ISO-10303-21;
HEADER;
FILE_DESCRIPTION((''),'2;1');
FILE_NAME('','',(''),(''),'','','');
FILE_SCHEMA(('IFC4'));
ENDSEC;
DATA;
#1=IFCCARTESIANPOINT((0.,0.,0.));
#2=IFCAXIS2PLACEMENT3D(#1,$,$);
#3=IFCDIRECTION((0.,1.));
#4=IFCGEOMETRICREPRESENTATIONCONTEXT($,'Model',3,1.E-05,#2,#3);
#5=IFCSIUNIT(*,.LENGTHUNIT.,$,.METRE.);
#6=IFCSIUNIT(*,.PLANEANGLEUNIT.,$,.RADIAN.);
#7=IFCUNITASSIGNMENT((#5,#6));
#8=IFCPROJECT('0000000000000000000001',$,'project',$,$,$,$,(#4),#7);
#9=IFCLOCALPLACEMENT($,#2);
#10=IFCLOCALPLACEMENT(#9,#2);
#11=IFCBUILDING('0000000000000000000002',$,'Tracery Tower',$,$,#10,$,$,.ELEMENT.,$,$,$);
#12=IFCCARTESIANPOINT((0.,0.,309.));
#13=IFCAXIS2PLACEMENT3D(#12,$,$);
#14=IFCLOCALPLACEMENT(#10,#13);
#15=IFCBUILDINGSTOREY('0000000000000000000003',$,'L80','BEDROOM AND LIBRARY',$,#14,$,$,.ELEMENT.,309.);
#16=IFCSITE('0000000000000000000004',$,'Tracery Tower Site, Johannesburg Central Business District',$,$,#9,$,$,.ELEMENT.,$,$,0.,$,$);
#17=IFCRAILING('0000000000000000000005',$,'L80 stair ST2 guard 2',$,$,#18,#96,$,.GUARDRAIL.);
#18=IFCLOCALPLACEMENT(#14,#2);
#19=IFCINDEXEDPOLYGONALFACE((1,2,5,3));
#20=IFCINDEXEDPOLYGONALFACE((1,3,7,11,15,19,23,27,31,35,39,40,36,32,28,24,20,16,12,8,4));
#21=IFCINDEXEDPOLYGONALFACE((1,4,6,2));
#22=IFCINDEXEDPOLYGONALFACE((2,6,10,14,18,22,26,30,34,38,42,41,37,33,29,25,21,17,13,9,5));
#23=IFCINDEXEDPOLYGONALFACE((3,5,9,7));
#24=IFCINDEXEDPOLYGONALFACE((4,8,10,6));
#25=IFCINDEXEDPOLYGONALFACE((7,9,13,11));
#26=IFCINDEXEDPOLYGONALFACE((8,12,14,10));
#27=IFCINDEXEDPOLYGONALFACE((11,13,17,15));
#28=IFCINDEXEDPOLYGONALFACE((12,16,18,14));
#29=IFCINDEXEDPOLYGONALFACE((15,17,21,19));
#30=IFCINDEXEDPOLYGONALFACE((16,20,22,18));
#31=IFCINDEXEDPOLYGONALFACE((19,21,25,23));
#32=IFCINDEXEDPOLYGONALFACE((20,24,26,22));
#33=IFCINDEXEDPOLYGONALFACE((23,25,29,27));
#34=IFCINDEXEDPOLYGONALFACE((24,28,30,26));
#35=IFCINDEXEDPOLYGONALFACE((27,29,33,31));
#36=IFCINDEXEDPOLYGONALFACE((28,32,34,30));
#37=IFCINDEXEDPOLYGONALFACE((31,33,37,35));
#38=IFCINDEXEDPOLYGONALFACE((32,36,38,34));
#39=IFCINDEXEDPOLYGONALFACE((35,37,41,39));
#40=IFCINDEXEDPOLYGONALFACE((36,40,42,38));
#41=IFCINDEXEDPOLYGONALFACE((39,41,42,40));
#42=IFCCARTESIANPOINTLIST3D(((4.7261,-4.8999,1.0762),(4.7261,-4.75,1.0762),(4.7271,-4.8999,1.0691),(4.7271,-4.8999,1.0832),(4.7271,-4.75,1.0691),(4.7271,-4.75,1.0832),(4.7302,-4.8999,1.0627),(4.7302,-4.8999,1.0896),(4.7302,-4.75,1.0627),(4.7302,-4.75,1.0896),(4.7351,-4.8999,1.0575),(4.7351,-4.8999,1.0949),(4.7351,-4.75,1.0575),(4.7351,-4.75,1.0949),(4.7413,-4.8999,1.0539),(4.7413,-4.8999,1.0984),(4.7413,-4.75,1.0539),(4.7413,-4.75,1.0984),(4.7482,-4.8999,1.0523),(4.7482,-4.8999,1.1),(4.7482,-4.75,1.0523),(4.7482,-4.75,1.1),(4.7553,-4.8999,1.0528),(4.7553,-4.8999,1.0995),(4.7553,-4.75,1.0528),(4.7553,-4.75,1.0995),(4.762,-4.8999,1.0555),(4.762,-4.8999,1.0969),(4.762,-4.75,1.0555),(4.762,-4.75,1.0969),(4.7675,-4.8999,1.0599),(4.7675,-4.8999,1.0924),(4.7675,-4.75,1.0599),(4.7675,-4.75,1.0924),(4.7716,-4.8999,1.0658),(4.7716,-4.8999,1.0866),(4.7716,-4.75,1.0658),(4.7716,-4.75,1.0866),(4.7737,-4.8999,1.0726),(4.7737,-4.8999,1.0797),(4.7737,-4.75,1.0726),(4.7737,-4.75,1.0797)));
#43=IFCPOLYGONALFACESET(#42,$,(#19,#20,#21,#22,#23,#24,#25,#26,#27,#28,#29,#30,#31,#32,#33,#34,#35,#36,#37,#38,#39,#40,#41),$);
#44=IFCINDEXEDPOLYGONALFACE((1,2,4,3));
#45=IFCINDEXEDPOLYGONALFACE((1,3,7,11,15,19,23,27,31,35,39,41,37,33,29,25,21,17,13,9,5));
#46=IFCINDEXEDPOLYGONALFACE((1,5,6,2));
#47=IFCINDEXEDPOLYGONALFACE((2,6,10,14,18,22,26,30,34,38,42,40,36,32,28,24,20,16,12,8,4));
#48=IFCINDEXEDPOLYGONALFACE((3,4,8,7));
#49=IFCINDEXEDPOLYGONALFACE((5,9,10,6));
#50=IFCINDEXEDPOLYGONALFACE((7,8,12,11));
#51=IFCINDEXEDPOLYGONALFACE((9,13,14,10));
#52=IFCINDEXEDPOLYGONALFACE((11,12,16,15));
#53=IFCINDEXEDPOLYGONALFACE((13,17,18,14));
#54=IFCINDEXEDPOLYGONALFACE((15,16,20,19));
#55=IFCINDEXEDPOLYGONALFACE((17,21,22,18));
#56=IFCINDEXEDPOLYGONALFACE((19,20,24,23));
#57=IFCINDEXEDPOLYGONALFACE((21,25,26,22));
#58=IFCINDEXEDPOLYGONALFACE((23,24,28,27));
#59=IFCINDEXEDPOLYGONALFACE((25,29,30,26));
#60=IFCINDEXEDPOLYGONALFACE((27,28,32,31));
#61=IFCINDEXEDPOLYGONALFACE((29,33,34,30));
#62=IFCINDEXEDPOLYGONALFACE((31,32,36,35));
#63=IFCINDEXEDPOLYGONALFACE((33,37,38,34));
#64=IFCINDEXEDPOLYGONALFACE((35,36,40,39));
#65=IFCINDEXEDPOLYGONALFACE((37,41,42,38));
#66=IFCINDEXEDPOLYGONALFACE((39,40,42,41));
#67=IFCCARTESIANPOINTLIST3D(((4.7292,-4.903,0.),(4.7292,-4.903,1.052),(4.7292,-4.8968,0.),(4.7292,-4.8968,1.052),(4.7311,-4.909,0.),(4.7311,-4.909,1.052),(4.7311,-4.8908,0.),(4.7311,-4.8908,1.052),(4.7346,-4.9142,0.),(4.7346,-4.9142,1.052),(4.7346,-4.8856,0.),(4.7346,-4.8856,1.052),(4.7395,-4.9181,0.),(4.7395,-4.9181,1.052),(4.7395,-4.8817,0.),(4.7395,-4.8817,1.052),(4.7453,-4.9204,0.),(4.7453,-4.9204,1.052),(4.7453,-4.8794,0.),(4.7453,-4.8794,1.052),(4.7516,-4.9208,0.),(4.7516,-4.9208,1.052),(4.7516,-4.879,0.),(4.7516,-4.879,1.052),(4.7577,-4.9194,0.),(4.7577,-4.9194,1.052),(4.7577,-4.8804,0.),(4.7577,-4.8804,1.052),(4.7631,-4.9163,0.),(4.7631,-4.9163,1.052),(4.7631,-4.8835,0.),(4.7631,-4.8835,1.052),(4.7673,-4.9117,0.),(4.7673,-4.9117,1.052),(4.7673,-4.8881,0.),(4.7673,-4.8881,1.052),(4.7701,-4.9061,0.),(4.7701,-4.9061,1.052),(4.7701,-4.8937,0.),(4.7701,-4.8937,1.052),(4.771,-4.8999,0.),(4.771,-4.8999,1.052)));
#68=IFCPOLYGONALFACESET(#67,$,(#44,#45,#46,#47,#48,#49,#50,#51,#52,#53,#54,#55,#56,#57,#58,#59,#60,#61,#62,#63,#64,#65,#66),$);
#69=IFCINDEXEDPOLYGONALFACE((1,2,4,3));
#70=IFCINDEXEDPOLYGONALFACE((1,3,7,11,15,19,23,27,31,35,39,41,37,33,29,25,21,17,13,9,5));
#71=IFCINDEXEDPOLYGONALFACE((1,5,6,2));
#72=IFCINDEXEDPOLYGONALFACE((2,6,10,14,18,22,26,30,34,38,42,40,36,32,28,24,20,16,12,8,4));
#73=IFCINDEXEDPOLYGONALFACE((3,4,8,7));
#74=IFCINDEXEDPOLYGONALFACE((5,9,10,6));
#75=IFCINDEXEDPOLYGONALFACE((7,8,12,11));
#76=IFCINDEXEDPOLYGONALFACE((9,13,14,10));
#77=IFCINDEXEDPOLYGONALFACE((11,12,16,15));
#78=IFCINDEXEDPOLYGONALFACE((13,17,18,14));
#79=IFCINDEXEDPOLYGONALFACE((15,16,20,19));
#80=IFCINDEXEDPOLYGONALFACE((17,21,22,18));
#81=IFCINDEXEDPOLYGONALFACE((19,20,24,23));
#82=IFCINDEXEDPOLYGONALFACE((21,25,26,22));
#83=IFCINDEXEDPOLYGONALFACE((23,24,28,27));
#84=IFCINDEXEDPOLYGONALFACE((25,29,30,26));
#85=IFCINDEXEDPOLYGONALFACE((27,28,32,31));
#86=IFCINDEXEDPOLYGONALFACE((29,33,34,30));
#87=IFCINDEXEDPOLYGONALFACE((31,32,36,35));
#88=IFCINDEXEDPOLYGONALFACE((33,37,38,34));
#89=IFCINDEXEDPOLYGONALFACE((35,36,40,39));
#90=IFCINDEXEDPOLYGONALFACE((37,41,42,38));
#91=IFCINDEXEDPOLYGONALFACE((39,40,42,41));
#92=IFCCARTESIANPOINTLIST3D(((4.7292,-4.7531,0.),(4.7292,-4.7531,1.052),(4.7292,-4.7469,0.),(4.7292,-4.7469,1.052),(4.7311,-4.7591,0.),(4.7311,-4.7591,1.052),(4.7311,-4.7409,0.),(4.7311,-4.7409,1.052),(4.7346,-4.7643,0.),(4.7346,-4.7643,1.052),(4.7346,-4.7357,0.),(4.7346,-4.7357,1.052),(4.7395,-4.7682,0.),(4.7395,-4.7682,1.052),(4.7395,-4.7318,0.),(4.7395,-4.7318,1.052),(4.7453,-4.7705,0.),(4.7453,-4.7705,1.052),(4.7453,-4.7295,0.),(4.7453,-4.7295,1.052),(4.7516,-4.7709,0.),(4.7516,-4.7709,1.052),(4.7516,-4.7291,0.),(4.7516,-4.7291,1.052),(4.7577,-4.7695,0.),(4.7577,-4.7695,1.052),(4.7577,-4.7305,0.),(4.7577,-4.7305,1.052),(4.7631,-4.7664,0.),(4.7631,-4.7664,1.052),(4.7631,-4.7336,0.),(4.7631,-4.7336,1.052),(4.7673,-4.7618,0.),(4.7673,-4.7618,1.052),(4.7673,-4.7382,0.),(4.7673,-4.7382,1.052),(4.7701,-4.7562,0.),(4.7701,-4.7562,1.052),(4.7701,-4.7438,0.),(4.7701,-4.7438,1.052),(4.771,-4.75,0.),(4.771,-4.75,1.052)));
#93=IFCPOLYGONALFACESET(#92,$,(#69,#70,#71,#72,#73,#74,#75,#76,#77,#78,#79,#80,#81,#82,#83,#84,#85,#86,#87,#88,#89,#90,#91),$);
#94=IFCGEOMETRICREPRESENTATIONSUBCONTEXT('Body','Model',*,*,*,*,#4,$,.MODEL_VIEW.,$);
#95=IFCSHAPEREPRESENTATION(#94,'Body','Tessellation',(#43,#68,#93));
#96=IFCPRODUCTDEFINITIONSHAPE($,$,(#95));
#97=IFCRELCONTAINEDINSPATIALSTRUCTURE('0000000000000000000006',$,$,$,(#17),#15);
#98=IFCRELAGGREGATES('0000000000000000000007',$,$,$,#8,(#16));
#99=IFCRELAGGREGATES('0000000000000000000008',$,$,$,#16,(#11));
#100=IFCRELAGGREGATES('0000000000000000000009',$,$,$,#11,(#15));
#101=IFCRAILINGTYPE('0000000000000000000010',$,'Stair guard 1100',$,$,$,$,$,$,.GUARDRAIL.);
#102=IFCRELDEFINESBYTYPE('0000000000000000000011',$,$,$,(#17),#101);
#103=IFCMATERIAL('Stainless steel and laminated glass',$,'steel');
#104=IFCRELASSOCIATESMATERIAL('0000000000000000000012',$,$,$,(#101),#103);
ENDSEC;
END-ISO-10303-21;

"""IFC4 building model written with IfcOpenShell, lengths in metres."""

from ifc_helpers import new_model, si_unit, direction, frame, origin, origin_2d, place, context, subcontext, project, spatial, circle, extrude, material, type_object, element, save


model = new_model("IFC4")

# Units and contexts
model_context = context("Model", 3, precision=1e-05, world=origin(), true_north=direction((0.0, 1.0)))
body_context = subcontext(model_context, "Body", "Model", "MODEL_VIEW")
ifc_project = project(units=[si_unit("LENGTHUNIT", "METRE"), si_unit("PLANEANGLEUNIT", "RADIAN")], contexts=[model_context])

# Site, building, storey
site_placement = place(None, origin())
site = spatial("IfcSite", under=ifc_project, at=site_placement, Name="Tracery Tower Site, Johannesburg Central Business District", CompositionType="ELEMENT", RefElevation=0.0)
building_placement = place(site_placement, origin())
building = spatial("IfcBuilding", under=site, at=building_placement, Name="Tracery Tower", CompositionType="ELEMENT")
storey_placement = place(building_placement, frame((0.0, 0.0, 309.0)))
storey = spatial("IfcBuildingStorey", under=building, at=storey_placement, Name="L80", Description="BEDROOM AND LIBRARY", CompositionType="ELEMENT", Elevation=309.0)

# Railing
ifc_material_1 = material(Name="Stainless steel and laminated glass", Category="steel")
railing_type_1 = type_object("IfcRailingType", Name="Stair guard 1100", PredefinedType="GUARDRAIL", material=ifc_material_1)
railing_1_placement = place(storey_placement, frame((4.75, -4.8999, 0.0)))
element("IfcRailing", 1, at=railing_1_placement, inside=storey, type_object=railing_type_1, Name="L80 stair ST2 guard 2", PredefinedType="GUARDRAIL", context=body_context, shape_type="SweptSolid", body=[
    extrude(circle(Radius=0.0239, at=origin_2d()), frame((0.0, 0.0, 1.0762), z_axis=(0.0, 1.0, 0.0), x_axis=(-1.0, 0.0, 0.0)), (0.0, 0.0, 1.0), 0.1499),
    extrude(circle(Radius=0.021, at=origin_2d()), origin(), (0.0, 0.0, 1.0), 1.052),
    extrude(circle(Radius=0.021, at=origin_2d()), frame((0.0, 0.1499, 0.0)), (0.0, 0.0, 1.0), 1.052),
])

save(model, "model.ifc")
